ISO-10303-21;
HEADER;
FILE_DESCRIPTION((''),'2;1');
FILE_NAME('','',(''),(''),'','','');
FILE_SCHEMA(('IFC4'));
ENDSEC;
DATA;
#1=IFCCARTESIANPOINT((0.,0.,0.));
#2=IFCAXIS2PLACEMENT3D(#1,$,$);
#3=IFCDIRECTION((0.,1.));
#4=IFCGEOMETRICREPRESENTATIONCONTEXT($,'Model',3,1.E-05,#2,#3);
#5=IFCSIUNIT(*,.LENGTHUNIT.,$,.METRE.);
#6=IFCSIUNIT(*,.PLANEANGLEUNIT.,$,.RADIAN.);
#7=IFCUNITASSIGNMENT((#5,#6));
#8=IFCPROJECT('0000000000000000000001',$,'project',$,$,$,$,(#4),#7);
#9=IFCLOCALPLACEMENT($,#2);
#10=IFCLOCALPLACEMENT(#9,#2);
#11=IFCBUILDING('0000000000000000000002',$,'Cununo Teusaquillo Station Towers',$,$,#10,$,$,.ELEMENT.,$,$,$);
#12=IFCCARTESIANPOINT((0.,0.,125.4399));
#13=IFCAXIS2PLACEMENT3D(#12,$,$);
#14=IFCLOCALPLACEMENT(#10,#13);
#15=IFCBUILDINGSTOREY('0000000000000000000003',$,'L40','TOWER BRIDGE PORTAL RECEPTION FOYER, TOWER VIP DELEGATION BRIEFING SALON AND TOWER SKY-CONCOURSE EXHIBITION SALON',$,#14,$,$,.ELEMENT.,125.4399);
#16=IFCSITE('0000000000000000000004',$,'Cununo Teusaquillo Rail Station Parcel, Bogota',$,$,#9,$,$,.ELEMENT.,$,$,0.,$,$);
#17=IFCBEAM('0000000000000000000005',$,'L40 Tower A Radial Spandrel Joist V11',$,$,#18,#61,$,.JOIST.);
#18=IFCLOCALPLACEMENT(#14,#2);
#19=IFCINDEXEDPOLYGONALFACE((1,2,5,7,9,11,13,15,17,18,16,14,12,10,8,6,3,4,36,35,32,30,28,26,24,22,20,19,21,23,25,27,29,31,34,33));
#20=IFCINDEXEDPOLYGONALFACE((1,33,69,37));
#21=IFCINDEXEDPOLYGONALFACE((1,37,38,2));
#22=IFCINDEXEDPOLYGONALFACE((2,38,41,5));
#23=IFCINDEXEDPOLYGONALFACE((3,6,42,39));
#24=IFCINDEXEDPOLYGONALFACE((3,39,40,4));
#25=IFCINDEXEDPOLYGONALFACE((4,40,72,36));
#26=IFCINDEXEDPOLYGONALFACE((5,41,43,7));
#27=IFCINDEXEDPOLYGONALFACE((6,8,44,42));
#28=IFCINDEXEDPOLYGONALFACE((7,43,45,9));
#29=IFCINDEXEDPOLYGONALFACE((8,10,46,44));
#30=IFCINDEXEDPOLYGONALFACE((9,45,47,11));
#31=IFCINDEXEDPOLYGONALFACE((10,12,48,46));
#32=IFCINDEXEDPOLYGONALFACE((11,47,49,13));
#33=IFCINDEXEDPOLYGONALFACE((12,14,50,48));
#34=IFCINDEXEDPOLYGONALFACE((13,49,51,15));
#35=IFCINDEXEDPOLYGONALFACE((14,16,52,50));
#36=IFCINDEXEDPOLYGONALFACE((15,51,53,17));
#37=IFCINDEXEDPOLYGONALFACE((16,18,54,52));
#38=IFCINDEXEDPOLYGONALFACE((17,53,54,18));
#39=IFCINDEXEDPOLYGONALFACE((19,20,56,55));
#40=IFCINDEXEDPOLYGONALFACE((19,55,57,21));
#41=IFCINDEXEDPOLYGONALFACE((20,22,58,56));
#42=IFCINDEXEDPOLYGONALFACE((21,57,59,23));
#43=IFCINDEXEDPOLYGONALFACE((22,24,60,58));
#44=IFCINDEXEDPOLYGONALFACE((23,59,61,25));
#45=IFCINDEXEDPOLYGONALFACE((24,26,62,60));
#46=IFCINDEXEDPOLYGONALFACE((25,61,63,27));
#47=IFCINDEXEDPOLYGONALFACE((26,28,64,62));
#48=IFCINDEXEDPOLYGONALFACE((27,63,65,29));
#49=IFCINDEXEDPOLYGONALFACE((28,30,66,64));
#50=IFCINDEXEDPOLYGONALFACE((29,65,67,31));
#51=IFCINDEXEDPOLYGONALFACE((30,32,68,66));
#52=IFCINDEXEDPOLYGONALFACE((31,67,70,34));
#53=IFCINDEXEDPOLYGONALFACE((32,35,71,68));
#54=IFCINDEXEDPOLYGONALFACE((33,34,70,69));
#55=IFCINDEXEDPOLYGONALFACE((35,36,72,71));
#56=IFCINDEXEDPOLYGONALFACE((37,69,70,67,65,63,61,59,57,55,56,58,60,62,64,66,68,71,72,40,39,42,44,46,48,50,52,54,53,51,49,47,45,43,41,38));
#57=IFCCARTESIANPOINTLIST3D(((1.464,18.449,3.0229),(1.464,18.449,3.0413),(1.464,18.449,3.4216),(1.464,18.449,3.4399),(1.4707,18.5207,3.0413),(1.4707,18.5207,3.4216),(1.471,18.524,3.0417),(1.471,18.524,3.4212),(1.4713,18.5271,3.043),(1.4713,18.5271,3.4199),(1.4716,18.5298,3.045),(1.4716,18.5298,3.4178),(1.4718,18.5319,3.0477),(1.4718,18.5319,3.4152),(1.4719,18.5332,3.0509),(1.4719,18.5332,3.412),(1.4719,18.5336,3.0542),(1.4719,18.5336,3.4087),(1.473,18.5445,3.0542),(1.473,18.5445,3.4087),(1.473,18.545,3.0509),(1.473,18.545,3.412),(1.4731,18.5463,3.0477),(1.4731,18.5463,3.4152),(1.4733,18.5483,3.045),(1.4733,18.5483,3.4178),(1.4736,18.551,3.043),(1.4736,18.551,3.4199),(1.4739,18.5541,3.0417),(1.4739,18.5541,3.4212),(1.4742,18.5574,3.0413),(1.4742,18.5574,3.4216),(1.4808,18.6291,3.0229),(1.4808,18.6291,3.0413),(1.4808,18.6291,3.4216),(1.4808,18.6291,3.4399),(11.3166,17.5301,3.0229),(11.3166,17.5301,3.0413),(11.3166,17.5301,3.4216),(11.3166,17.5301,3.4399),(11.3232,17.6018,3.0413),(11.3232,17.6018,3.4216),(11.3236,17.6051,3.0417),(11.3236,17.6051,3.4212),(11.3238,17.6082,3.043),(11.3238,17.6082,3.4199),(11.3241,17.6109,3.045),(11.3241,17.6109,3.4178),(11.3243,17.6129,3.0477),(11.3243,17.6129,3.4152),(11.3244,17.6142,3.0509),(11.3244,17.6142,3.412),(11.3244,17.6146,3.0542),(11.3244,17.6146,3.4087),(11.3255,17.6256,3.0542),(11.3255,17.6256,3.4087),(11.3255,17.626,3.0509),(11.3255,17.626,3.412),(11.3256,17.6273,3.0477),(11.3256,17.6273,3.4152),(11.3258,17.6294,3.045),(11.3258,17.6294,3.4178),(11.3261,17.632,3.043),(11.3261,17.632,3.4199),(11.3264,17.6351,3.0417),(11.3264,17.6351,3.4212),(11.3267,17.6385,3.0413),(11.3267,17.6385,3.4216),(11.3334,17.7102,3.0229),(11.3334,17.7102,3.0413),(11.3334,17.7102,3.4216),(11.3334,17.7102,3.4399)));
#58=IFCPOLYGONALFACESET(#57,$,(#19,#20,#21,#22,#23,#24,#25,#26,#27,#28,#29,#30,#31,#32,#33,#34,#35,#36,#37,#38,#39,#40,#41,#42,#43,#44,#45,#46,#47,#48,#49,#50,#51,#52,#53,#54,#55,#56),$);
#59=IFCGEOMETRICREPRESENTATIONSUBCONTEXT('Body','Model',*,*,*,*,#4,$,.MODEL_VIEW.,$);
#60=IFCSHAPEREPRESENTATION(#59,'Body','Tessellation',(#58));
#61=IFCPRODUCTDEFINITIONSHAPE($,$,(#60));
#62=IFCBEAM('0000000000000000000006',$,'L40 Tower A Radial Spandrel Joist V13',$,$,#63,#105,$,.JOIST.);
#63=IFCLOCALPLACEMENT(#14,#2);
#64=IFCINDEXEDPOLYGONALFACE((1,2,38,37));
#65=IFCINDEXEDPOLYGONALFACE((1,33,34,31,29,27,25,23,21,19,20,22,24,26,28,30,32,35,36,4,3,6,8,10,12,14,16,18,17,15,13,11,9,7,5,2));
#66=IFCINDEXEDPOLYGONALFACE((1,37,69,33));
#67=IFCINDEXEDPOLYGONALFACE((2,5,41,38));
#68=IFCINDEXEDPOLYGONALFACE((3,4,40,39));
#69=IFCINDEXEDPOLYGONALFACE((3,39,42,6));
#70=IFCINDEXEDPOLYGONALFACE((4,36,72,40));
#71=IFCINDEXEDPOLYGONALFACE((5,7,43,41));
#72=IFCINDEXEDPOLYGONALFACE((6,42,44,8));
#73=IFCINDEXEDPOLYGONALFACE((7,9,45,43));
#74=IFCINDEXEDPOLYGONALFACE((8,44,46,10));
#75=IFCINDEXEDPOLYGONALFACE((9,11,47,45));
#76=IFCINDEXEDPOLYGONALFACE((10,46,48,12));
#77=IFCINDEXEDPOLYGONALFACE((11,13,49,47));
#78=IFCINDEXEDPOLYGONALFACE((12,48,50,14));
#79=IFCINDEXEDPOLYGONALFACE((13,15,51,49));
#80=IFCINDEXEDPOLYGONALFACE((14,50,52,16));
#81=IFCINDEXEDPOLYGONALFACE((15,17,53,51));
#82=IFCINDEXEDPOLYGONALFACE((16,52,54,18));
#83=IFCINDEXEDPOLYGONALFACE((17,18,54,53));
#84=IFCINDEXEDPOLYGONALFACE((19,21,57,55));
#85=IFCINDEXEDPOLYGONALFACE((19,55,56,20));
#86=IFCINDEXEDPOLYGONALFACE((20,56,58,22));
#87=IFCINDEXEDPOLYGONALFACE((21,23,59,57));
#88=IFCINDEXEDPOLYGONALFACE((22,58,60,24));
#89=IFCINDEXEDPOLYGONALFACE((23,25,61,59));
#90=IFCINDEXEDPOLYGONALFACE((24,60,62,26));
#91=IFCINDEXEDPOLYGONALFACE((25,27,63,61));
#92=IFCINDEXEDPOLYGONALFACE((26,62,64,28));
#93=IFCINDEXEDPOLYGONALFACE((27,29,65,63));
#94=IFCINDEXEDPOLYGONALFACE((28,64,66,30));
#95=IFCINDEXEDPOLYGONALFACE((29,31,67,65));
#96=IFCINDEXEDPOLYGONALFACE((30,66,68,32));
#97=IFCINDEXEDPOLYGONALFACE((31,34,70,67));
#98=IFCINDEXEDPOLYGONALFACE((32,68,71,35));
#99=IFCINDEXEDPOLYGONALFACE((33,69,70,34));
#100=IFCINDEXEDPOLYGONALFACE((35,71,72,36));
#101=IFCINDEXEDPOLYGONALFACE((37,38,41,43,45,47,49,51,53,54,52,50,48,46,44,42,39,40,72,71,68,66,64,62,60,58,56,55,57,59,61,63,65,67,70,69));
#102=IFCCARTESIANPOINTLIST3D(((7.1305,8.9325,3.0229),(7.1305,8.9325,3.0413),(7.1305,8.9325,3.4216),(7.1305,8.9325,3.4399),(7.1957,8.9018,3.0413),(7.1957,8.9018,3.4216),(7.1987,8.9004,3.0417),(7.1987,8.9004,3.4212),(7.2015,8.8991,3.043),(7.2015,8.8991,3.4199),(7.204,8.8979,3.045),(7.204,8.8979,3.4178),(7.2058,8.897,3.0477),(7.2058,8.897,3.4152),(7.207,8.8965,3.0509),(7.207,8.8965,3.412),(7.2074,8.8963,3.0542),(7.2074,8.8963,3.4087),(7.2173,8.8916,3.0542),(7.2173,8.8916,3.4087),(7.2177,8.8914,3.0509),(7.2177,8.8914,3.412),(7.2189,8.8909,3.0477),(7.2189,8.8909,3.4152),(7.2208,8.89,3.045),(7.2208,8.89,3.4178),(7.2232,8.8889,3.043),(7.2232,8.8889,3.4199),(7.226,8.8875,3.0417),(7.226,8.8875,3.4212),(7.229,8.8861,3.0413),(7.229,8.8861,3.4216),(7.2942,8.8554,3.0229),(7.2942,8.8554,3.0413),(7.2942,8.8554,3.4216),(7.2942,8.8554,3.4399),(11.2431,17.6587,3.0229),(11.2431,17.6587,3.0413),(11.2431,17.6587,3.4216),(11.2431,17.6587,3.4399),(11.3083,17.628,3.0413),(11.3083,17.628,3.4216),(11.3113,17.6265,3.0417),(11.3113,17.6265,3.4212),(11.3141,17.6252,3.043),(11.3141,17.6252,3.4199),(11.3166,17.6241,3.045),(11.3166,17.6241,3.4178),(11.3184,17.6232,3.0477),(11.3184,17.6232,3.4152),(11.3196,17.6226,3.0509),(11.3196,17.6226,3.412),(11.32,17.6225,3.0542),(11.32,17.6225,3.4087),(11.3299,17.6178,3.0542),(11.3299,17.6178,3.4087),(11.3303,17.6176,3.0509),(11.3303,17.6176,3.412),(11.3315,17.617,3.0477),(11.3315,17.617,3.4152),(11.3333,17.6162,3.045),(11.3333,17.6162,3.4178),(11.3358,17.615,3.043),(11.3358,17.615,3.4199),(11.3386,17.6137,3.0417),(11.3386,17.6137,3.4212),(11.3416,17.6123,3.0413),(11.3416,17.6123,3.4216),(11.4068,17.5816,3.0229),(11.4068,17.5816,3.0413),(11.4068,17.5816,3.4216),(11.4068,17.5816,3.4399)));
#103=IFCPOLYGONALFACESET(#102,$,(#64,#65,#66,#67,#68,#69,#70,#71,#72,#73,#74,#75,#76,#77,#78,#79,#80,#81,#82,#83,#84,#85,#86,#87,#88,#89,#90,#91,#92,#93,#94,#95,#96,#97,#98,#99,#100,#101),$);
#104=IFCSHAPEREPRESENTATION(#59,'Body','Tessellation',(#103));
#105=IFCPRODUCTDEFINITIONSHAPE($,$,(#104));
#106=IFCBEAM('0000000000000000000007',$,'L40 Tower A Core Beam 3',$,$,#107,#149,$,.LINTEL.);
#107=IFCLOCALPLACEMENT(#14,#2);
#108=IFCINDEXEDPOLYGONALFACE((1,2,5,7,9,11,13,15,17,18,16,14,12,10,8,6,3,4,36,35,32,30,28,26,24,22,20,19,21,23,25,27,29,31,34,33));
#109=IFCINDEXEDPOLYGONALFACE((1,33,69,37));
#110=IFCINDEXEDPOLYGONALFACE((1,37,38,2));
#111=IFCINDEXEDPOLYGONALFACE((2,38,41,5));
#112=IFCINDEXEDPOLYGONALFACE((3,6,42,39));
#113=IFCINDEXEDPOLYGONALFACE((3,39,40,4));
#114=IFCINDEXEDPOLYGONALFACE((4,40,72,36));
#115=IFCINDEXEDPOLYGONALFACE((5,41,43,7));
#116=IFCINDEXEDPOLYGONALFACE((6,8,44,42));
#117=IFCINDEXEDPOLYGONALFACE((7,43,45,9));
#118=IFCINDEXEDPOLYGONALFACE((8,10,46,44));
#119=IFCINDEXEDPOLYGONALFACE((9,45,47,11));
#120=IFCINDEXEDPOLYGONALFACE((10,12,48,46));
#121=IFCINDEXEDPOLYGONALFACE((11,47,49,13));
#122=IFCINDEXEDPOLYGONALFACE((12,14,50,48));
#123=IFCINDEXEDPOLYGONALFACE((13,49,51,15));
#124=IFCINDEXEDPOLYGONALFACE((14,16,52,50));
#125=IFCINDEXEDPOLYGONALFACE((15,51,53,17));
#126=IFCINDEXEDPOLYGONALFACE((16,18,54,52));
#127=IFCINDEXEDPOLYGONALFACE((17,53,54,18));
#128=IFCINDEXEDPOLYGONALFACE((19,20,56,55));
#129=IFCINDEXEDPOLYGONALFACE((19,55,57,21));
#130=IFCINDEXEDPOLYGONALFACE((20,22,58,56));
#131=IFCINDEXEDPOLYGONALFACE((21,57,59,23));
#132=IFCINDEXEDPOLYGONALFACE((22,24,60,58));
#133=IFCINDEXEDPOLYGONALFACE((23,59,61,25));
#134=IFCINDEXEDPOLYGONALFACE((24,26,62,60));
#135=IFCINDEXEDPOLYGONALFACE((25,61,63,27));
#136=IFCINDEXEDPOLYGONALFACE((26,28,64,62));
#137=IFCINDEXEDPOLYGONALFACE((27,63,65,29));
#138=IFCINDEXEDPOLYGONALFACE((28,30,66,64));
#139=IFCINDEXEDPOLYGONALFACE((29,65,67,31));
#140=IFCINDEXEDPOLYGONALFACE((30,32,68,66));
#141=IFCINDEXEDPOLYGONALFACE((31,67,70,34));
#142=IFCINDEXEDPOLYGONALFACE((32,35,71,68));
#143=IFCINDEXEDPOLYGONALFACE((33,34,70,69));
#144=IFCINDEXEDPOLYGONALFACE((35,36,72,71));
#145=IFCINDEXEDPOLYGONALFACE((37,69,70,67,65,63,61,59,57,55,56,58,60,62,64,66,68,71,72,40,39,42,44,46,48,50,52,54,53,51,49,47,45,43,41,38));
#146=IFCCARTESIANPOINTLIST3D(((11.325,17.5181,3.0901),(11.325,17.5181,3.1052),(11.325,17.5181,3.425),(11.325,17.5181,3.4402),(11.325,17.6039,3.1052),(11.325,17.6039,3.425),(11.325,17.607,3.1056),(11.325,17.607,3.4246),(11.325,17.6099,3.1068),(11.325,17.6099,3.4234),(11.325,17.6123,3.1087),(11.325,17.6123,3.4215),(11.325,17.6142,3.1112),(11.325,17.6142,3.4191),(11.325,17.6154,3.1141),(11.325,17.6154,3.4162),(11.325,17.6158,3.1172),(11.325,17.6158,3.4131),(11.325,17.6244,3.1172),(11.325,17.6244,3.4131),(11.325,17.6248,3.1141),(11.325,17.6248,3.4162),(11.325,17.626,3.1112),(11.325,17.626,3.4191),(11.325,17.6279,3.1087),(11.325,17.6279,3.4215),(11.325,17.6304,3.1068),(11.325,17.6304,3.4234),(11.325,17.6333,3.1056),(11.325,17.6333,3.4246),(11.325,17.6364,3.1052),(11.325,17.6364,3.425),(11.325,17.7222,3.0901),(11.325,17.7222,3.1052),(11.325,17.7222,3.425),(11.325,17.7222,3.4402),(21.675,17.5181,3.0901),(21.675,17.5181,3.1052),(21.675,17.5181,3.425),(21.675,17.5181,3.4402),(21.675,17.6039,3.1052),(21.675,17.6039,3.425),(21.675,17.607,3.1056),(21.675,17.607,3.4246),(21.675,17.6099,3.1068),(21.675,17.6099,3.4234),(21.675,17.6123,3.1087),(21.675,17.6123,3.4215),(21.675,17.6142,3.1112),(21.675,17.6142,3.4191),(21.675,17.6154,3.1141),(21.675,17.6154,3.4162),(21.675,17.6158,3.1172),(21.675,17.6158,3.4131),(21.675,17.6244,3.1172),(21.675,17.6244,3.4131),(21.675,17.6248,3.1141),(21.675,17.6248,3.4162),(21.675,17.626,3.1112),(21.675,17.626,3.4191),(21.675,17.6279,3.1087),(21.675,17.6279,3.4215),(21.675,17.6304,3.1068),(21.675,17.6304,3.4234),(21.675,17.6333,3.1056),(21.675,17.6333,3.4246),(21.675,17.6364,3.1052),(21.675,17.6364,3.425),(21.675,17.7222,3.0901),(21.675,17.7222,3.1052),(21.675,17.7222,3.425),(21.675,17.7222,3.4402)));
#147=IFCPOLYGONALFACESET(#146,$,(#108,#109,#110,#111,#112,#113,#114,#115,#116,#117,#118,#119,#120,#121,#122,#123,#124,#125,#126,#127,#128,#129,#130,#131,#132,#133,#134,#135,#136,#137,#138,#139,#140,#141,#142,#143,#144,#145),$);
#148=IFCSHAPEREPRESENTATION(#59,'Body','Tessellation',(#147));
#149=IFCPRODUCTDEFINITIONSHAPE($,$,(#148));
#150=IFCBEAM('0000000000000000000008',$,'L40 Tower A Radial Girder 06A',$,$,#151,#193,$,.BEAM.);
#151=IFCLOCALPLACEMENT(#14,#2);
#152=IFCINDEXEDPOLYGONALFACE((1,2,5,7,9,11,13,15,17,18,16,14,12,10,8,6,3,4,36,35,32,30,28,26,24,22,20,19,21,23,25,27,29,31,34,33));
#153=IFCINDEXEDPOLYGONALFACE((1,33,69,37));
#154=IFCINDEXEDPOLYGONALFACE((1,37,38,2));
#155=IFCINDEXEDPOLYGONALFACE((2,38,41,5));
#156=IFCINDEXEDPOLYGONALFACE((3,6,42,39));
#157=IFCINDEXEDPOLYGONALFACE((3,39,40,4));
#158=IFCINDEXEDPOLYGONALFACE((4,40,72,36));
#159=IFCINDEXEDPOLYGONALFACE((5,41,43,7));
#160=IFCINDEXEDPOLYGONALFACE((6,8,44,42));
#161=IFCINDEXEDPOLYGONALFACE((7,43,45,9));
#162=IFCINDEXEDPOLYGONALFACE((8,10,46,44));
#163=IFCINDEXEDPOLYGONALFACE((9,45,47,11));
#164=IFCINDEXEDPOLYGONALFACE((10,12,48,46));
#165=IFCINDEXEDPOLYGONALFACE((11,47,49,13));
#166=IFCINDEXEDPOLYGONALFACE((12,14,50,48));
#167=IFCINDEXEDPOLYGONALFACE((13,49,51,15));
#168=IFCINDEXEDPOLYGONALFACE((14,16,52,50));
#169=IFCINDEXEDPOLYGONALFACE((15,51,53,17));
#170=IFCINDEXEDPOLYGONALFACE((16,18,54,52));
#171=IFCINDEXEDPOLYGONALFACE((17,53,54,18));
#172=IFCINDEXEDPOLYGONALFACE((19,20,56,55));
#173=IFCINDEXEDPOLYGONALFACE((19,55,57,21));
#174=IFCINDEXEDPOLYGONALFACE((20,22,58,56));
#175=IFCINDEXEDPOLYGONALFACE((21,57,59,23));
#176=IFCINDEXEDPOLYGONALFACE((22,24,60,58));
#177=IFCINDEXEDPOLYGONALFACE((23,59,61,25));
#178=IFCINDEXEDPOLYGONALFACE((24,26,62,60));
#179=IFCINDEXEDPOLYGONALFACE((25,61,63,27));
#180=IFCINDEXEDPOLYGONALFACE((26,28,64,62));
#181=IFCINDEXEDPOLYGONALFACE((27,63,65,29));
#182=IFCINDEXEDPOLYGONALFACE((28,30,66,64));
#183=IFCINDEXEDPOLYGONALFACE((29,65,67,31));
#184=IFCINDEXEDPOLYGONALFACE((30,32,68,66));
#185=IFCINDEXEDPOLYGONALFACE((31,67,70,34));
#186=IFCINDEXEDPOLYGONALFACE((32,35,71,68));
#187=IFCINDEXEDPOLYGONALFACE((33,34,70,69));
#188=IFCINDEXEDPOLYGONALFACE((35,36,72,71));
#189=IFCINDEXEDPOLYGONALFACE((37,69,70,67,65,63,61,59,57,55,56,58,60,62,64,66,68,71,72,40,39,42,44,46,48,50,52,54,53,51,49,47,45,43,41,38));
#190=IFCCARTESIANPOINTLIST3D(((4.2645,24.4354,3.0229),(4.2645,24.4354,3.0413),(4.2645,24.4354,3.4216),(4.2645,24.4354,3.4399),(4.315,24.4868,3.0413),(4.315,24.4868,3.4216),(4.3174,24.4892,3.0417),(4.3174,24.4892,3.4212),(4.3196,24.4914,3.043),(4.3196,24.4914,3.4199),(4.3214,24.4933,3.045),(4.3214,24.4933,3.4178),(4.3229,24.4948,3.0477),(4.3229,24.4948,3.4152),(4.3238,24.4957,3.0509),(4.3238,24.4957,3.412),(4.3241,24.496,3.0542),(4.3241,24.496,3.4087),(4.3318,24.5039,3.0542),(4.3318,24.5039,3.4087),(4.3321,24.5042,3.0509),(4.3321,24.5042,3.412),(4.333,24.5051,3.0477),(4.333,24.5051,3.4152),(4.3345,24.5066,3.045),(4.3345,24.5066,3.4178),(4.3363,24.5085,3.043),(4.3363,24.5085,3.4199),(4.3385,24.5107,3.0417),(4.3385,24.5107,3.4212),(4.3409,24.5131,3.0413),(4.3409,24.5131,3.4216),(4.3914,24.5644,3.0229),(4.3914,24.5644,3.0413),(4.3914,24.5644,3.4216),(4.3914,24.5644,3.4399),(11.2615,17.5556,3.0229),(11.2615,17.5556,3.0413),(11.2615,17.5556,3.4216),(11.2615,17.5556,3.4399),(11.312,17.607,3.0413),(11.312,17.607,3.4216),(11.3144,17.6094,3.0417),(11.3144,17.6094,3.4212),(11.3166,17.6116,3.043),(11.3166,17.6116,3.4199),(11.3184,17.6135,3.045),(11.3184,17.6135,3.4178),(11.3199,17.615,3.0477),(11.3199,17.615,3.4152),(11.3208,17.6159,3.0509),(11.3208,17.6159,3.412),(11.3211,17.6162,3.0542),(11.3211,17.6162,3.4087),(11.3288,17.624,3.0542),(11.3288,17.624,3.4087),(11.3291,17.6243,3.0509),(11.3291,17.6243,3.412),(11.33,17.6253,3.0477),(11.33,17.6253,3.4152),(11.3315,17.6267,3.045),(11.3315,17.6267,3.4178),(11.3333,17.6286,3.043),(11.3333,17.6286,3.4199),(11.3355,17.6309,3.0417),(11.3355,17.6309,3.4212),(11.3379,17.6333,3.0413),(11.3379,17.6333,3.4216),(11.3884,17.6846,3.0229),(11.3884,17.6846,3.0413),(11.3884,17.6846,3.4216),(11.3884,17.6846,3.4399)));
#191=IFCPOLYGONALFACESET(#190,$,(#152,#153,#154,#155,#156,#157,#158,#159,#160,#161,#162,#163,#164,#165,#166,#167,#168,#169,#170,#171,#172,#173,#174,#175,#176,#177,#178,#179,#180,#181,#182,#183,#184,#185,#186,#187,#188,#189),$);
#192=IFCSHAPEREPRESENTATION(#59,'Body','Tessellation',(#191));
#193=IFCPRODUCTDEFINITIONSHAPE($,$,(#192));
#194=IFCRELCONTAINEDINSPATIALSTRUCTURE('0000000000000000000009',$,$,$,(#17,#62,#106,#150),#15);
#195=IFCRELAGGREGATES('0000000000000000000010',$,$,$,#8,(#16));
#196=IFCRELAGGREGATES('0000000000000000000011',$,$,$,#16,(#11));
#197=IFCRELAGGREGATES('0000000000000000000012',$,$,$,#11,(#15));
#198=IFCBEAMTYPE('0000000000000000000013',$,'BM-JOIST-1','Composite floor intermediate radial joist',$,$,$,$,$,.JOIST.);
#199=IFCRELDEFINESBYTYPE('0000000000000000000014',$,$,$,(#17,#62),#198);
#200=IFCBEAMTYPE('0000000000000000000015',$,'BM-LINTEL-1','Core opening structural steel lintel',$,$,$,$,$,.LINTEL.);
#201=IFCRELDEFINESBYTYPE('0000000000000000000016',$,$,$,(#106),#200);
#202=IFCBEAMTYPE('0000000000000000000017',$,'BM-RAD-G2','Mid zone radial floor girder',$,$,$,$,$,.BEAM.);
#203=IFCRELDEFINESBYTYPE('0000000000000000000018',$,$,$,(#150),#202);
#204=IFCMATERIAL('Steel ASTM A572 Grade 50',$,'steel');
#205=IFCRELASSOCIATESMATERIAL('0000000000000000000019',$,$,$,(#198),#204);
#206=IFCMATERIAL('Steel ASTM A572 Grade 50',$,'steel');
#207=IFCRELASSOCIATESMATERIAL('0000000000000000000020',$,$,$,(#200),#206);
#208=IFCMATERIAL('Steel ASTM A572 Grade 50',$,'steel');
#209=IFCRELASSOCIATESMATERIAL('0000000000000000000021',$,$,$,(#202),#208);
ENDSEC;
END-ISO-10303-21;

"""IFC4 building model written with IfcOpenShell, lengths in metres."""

from ifc_helpers import new_model, si_unit, direction, frame, origin, origin_2d, place, context, subcontext, project, spatial, i_section, extrude, material, material_profile, profile_set, type_object, element, save


model = new_model("IFC4")

# Units and contexts
model_context = context("Model", 3, precision=1e-05, world=origin(), true_north=direction((0.0, 1.0)))
body_context = subcontext(model_context, "Body", "Model", "MODEL_VIEW")
ifc_project = project(units=[si_unit("LENGTHUNIT", "METRE"), si_unit("PLANEANGLEUNIT", "RADIAN")], contexts=[model_context])

# Site, building, storey
site_placement = place(None, origin())
site = spatial("IfcSite", under=ifc_project, at=site_placement, Name="Cununo Teusaquillo Rail Station Parcel, Bogota", CompositionType="ELEMENT", RefElevation=0.0)
building_placement = place(site_placement, origin())
building = spatial("IfcBuilding", under=site, at=building_placement, Name="Cununo Teusaquillo Station Towers", CompositionType="ELEMENT")
storey_placement = place(building_placement, frame((0.0, 0.0, 125.4399)))
storey = spatial("IfcBuildingStorey", under=building, at=storey_placement, Name="L40", Description="TOWER BRIDGE PORTAL RECEPTION FOYER, TOWER VIP DELEGATION BRIEFING SALON AND TOWER SKY-CONCOURSE EXHIBITION SALON", CompositionType="ELEMENT", Elevation=125.4399)

# Beams
ifc_material_1 = material(Name="Steel ASTM A572 Grade 50", Category="steel")
ifc_material_profile_1 = material_profile(ifc_material_1, i_section(OverallWidth=0.1809, OverallDepth=0.417, WebThickness=0.011, FlangeThickness=0.0183, FilletRadius=0.0129, at=origin_2d()), Name="W16X57")
ifc_profile_set_1 = profile_set([ifc_material_profile_1], Name="Steel ASTM A572 Grade 50")
beam_type_1 = type_object("IfcBeamType", Name="BM-JOIST-1", Description="Composite floor intermediate radial joist", PredefinedType="JOIST", material=ifc_profile_set_1)
beam_1_placement = place(storey_placement, frame((11.325, 17.6201, 3.2314), z_axis=(-0.995679, 0.092867, 0.0), x_axis=(-0.092867, -0.995679, 0.0)))
element("IfcBeam", 1, at=beam_1_placement, inside=storey, type_object=beam_type_1, Name="L40 Tower A Radial Spandrel Joist V11", PredefinedType="JOIST", context=body_context, shape_type="SweptSolid", body=[
    extrude(i_section(OverallWidth=0.1809, OverallDepth=0.417, WebThickness=0.011, FlangeThickness=0.0183, FilletRadius=0.0129, at=origin_2d()), origin(), (0.0, 0.0, 1.0), 9.8953),
])
beam_2_placement = place(storey_placement, frame((11.325, 17.6201, 3.2314), z_axis=(-0.42632, -0.904572, 0.0), x_axis=(0.904572, -0.42632, 0.0)))
element("IfcBeam", 2, at=beam_2_placement, inside=storey, type_object=beam_type_1, Name="L40 Tower A Radial Spandrel Joist V13", PredefinedType="JOIST", context=body_context, shape_type="SweptSolid", body=[
    extrude(i_section(OverallWidth=0.1809, OverallDepth=0.417, WebThickness=0.011, FlangeThickness=0.0183, FilletRadius=0.0129, at=origin_2d()), origin(), (0.0, 0.0, 1.0), 9.6467),
])
ifc_material_2 = material(Name="Steel ASTM A572 Grade 50", Category="steel")
ifc_material_profile_2 = material_profile(ifc_material_2, i_section(OverallWidth=0.2041, OverallDepth=0.3501, WebThickness=0.0085, FlangeThickness=0.0151, FilletRadius=0.012, at=origin_2d()), Name="W14X48")
ifc_profile_set_2 = profile_set([ifc_material_profile_2], Name="Steel ASTM A572 Grade 50")
beam_type_2 = type_object("IfcBeamType", Name="BM-LINTEL-1", Description="Core opening structural steel lintel", PredefinedType="LINTEL", material=ifc_profile_set_2)
beam_3_placement = place(storey_placement, frame((11.325, 17.6201, 3.2651), z_axis=(1.0, 0.0, 0.0), x_axis=(0.0, 1.0, 0.0)))
element("IfcBeam", 3, at=beam_3_placement, inside=storey, type_object=beam_type_2, Name="L40 Tower A Core Beam 3", PredefinedType="LINTEL", context=body_context, shape_type="SweptSolid", body=[
    extrude(i_section(OverallWidth=0.2041, OverallDepth=0.3501, WebThickness=0.0085, FlangeThickness=0.0151, FilletRadius=0.012, at=origin_2d()), origin(), (0.0, 0.0, 1.0), 10.3501),
])
ifc_material_3 = material(Name="Steel ASTM A572 Grade 50", Category="steel")
ifc_material_profile_3 = material_profile(ifc_material_3, i_section(OverallWidth=0.1809, OverallDepth=0.417, WebThickness=0.011, FlangeThickness=0.0183, FilletRadius=0.0129, at=origin_2d()), Name="W16X57")
ifc_profile_set_3 = profile_set([ifc_material_profile_3], Name="Steel ASTM A572 Grade 50")
beam_type_3 = type_object("IfcBeamType", Name="BM-RAD-G2", Description="Mid zone radial floor girder", PredefinedType="BEAM", material=ifc_profile_set_3)
beam_4_placement = place(storey_placement, frame((11.325, 17.6201, 3.2314), z_axis=(-0.713053, 0.70111, 0.0), x_axis=(-0.70111, -0.713053, 0.0)))
element("IfcBeam", 4, at=beam_4_placement, inside=storey, type_object=beam_type_3, Name="L40 Tower A Radial Girder 06A", PredefinedType="BEAM", context=body_context, shape_type="SweptSolid", body=[
    extrude(i_section(OverallWidth=0.1809, OverallDepth=0.417, WebThickness=0.011, FlangeThickness=0.0183, FilletRadius=0.0129, at=origin_2d()), origin(), (0.0, 0.0, 1.0), 9.8127),
])

save(model, "model.ifc")
